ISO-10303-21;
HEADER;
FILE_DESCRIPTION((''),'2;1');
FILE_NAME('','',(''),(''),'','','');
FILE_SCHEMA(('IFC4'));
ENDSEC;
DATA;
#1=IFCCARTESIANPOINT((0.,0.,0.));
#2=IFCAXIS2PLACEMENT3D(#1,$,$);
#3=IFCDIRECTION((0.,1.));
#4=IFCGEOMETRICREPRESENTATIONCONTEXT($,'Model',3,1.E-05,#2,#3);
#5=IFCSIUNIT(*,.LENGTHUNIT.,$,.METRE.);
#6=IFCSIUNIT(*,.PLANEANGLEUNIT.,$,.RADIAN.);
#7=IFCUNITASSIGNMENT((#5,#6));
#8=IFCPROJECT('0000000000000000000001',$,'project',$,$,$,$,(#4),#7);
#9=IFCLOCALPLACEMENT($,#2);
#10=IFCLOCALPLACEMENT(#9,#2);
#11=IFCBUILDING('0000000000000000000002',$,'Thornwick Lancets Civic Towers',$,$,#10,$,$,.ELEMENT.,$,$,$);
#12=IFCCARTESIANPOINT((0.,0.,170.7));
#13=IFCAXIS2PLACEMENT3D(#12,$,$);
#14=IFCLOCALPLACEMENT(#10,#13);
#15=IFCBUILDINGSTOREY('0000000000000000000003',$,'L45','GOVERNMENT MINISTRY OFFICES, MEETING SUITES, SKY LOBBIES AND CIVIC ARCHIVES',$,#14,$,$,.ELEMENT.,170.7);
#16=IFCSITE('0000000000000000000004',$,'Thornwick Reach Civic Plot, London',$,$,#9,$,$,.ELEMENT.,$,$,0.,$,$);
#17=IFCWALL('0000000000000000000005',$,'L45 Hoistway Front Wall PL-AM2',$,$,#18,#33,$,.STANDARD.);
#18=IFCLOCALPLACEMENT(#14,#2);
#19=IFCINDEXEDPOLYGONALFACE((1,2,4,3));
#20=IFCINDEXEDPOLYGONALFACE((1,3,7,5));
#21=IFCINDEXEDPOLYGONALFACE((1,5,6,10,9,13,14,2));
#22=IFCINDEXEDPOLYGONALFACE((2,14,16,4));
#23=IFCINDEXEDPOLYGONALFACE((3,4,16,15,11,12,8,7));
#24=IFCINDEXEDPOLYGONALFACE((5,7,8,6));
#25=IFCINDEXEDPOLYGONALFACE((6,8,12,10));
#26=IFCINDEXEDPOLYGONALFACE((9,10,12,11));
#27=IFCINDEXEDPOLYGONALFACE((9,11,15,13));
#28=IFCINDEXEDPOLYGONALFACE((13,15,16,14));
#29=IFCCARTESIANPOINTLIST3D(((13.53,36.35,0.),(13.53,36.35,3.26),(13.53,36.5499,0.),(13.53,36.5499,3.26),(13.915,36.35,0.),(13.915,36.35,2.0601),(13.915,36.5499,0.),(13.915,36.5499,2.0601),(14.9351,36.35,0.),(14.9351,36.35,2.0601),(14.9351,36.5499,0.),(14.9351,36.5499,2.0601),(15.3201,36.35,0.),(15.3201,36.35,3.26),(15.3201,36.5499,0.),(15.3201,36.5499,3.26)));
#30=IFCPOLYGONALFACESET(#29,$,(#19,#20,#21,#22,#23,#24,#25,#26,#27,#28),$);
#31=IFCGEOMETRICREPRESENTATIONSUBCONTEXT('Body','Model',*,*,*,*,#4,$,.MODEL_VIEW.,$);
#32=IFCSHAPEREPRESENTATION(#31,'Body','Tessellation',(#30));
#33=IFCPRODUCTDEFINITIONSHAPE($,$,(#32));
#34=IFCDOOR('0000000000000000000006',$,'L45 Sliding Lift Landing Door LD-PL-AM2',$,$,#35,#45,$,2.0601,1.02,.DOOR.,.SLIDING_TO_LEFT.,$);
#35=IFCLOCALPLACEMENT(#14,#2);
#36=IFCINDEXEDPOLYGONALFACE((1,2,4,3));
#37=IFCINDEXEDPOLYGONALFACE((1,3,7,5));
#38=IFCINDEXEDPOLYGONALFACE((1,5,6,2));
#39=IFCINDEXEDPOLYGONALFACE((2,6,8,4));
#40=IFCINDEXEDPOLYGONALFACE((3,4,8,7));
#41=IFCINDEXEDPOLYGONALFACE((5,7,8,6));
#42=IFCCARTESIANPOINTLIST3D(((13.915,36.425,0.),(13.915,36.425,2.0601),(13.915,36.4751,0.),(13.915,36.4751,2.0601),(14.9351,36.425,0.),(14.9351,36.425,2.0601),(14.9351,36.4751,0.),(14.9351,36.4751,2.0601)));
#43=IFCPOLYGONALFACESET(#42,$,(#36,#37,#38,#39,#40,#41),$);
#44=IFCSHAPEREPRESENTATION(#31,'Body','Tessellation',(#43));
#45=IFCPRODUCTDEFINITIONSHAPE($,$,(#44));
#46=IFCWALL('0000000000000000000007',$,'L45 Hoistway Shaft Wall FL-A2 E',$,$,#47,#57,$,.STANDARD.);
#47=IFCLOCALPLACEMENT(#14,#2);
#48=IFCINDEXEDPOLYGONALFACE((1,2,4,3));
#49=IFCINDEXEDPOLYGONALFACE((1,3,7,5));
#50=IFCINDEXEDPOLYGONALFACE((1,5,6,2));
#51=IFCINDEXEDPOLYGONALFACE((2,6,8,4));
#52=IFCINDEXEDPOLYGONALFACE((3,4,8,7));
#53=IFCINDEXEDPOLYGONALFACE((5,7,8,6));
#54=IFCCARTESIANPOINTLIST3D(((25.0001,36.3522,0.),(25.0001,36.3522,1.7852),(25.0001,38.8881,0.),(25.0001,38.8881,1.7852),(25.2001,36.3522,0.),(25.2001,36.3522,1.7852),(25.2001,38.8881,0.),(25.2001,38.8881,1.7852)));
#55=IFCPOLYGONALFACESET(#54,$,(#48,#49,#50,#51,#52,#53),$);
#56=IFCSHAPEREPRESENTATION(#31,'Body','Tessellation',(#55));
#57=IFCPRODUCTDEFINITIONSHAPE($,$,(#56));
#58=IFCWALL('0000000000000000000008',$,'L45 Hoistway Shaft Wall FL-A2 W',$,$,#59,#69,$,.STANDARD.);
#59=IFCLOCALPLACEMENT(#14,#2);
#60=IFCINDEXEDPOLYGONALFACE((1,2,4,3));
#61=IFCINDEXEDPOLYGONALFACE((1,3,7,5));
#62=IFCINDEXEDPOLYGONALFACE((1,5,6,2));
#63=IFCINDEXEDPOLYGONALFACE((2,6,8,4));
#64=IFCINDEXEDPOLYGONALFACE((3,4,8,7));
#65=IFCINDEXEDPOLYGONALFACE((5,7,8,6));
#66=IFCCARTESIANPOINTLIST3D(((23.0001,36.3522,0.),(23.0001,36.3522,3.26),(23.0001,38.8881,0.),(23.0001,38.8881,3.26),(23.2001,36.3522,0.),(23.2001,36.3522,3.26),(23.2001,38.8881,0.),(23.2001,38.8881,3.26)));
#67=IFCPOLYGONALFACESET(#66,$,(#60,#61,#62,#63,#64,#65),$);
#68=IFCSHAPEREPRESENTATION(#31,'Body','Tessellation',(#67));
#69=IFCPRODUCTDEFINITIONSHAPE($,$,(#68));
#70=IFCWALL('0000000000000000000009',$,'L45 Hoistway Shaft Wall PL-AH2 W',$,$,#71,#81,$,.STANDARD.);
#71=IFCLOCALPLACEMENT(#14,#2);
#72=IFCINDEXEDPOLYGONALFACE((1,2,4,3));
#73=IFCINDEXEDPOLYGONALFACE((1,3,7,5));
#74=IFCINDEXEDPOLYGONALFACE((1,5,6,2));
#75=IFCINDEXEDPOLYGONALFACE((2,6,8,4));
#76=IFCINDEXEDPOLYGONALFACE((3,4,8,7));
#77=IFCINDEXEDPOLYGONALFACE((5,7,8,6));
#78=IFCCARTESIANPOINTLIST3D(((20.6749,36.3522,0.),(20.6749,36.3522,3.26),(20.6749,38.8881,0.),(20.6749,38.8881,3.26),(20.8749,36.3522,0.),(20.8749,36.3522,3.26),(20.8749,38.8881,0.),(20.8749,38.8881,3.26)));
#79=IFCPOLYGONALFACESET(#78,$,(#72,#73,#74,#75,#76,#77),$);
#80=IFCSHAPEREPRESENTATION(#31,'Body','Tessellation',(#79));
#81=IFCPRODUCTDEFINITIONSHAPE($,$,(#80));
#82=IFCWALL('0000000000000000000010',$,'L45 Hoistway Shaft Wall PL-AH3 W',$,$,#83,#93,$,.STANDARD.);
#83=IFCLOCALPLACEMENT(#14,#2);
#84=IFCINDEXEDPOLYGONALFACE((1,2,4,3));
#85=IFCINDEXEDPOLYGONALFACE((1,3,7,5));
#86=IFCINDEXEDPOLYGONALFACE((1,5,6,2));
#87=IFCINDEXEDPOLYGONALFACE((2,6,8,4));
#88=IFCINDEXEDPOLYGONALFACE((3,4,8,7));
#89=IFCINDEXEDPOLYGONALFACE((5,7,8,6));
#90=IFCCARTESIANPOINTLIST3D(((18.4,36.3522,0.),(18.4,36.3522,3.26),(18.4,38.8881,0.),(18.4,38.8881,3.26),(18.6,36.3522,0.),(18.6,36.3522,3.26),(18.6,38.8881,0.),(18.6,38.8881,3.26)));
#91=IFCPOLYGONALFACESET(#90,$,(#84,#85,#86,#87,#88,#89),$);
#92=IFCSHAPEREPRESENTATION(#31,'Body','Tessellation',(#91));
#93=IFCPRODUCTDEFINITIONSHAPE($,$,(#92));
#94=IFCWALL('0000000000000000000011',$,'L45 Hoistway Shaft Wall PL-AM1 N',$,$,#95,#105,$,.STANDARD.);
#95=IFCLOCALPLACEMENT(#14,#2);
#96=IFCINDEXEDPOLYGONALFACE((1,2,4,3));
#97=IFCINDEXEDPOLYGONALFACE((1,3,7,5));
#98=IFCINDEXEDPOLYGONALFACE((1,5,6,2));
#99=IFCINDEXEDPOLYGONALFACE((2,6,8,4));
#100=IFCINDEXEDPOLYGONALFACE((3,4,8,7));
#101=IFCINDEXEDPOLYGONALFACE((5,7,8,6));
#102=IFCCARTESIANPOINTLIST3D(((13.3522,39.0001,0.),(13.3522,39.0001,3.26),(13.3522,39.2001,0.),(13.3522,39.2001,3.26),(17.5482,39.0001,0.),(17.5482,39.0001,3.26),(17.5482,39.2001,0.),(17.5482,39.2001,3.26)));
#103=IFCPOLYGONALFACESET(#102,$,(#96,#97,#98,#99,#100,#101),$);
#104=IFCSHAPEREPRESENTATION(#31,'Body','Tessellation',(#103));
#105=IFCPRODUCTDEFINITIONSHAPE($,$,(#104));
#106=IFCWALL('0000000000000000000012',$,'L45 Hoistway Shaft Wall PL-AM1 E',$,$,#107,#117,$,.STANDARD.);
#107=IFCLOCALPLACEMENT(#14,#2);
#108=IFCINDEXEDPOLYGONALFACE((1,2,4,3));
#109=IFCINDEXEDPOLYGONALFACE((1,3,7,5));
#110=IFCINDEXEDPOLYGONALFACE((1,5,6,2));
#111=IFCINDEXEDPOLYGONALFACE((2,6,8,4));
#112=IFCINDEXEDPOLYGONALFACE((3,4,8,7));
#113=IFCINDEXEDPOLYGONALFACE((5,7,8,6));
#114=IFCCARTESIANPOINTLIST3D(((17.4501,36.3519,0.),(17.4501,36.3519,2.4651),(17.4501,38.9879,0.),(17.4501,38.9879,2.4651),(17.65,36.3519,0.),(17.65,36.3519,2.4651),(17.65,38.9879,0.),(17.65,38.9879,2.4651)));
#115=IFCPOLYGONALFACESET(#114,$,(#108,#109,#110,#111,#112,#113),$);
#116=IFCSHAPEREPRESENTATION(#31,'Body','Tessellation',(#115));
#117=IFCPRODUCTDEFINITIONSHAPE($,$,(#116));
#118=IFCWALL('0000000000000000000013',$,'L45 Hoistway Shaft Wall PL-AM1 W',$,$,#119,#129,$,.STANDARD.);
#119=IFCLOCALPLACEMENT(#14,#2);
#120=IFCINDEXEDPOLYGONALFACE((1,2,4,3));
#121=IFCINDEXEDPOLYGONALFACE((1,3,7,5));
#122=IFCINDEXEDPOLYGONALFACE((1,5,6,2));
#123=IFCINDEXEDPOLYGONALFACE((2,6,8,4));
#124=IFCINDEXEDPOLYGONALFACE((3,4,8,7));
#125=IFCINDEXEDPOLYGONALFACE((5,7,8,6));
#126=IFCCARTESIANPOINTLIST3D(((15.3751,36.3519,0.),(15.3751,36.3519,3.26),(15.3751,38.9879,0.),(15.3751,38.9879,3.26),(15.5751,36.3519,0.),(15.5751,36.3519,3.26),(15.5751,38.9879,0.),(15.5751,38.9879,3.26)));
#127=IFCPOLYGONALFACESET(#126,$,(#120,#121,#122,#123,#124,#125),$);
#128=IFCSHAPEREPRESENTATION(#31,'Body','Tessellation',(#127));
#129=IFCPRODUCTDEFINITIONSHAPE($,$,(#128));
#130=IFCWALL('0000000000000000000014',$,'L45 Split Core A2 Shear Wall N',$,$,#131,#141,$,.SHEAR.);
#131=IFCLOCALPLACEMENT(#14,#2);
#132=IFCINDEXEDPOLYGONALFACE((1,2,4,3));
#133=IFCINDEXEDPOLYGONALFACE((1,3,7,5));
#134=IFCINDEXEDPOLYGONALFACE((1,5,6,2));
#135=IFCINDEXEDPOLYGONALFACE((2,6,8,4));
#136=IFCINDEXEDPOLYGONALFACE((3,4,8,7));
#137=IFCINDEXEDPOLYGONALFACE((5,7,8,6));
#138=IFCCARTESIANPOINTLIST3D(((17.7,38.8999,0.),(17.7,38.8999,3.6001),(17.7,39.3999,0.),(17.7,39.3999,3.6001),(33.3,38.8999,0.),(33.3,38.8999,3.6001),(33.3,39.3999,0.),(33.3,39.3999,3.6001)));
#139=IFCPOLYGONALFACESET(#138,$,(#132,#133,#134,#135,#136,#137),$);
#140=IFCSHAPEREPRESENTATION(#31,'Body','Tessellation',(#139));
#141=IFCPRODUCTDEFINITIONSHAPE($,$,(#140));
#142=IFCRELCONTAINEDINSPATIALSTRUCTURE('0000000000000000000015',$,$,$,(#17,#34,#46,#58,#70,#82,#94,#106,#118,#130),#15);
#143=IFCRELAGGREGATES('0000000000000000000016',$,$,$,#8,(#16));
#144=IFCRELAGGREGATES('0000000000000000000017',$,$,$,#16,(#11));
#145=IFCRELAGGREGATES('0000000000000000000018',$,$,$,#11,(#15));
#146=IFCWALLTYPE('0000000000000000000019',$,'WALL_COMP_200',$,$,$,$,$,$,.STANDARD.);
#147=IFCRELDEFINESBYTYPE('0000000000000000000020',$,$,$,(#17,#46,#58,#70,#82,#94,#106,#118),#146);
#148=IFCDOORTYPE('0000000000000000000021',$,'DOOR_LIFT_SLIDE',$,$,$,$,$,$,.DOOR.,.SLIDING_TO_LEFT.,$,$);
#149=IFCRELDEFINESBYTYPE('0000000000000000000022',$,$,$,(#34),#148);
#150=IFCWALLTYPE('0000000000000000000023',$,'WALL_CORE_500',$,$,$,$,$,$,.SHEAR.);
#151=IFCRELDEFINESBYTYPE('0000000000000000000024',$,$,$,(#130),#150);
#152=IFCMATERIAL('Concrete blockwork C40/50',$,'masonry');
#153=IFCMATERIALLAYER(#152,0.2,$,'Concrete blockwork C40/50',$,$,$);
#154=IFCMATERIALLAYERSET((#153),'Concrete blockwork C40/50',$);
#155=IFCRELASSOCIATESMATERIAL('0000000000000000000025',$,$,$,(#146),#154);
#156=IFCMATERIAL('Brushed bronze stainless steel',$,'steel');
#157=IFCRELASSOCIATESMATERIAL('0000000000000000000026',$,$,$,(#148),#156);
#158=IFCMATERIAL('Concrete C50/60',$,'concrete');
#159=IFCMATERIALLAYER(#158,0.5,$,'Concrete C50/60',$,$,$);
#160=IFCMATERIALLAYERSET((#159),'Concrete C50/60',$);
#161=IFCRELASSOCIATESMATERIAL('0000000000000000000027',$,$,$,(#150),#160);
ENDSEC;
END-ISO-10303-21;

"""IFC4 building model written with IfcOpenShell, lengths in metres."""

from ifc_helpers import new_model, si_unit, direction, frame, frame_2d, origin, place, context, subcontext, project, spatial, rectangle, extrude, material, layer, layer_set, type_object, element, fill, save


model = new_model("IFC4")

# Units and contexts
model_context = context("Model", 3, precision=1e-05, world=origin(), true_north=direction((0.0, 1.0)))
body_context = subcontext(model_context, "Body", "Model", "MODEL_VIEW")
ifc_project = project(units=[si_unit("LENGTHUNIT", "METRE"), si_unit("PLANEANGLEUNIT", "RADIAN")], contexts=[model_context])

# Site, building, storey
site_placement = place(None, origin())
site = spatial("IfcSite", under=ifc_project, at=site_placement, Name="Thornwick Reach Civic Plot, London", CompositionType="ELEMENT", RefElevation=0.0)
building_placement = place(site_placement, origin())
building = spatial("IfcBuilding", under=site, at=building_placement, Name="Thornwick Lancets Civic Towers", CompositionType="ELEMENT")
storey_placement = place(building_placement, frame((0.0, 0.0, 170.7)))
storey = spatial("IfcBuildingStorey", under=building, at=storey_placement, Name="L45", Description="GOVERNMENT MINISTRY OFFICES, MEETING SUITES, SKY LOBBIES AND CIVIC ARCHIVES", CompositionType="ELEMENT", Elevation=170.7)

# Shared definitions
ifc_material_1 = material(Name="Concrete C50/60", Category="concrete")

# Shared definitions
ifc_material_2 = material(Name="Concrete blockwork C40/50", Category="masonry")
ifc_layer_1 = layer(ifc_material_2, 0.2, Name="Concrete blockwork C40/50")
ifc_layer_set_1 = layer_set([ifc_layer_1], Name="Concrete blockwork C40/50")
wall_type_1 = type_object("IfcWallType", Name="WALL_COMP_200", PredefinedType="STANDARD", material=ifc_layer_set_1)
ifc_material_3 = material(Name="Brushed bronze stainless steel", Category="steel")
door_type = type_object("IfcDoorType", Name="DOOR_LIFT_SLIDE", OperationType="SLIDING_TO_LEFT", PredefinedType="DOOR", material=ifc_material_3)

# Wall, opening, door
wall_1_placement = place(storey_placement, frame((15.3201, 36.45, 0.0), z_axis=(0.0, 0.0, 1.0), x_axis=(-1.0, 0.0, 0.0)))
wall_1 = element("IfcWall", 1, at=wall_1_placement, inside=storey, type_object=wall_type_1, Name="L45 Hoistway Front Wall PL-AM2", PredefinedType="STANDARD", context=body_context, shape_type="SweptSolid", body=[
    extrude(rectangle(XDim=1.79, YDim=0.2, at=frame_2d((0.895, 0.0))), origin(), (0.0, 0.0, 1.0), 3.26),
])
opening_1_placement = place(wall_1_placement, frame((0.385, 0.0, 0.0)))
opening_1 = element("IfcOpeningElement", 2, at=opening_1_placement, cuts=wall_1, PredefinedType="OPENING", context=body_context, shape_type="SweptSolid", body=[
    extrude(rectangle(XDim=1.02, YDim=2.0601, at=frame_2d((0.51, 1.03))), frame((0.0, 0.1099, 0.0), z_axis=(0.0, -1.0, 0.0), x_axis=(1.0, 0.0, 0.0)), (0.0, 0.0, 1.0), 0.22),
])
door_1_placement = place(opening_1_placement, origin())
door_1 = element("IfcDoor", 3, at=door_1_placement, inside=storey, type_object=door_type, Name="L45 Sliding Lift Landing Door LD-PL-AM2", OperationType="SLIDING_TO_LEFT", OverallHeight=2.0601, OverallWidth=1.02, PredefinedType="DOOR", context=body_context, shape_type="SweptSolid", body=[
    extrude(rectangle(XDim=1.02, YDim=2.0601, at=frame_2d((0.51, 1.03))), frame((0.0, 0.0249, 0.0), z_axis=(0.0, -1.0, 0.0), x_axis=(1.0, 0.0, 0.0)), (0.0, 0.0, 1.0), 0.05),
])
fill(opening_1, door_1)

# Walls
wall_2_placement = place(storey_placement, frame((25.1001, 36.3521, 0.0), z_axis=(0.0, 0.0, 1.0), x_axis=(0.0, 1.0, 0.0)))
element("IfcWall", 4, at=wall_2_placement, inside=storey, type_object=wall_type_1, Name="L45 Hoistway Shaft Wall FL-A2 E", PredefinedType="STANDARD", context=body_context, shape_type="SweptSolid", body=[
    extrude(rectangle(XDim=2.5359, YDim=0.2, at=frame_2d((1.2681, 0.0))), origin(), (0.0, 0.0, 1.0), 1.7852),
])
for number, where, z_axis, x_axis, name in (
    (5, (23.1001, 36.3521, 0.0), (0.0, 0.0, 1.0), (0.0, 1.0, 0.0), "L45 Hoistway Shaft Wall FL-A2 W"),
    (6, (20.7749, 36.3521, 0.0), (0.0, 0.0, 1.0), (0.0, 1.0, 0.0), "L45 Hoistway Shaft Wall PL-AH2 W"),
    (7, (18.5, 36.3521, 0.0), (0.0, 0.0, 1.0), (0.0, 1.0, 0.0), "L45 Hoistway Shaft Wall PL-AH3 W"),
):
    element("IfcWall", number, at=place(storey_placement, frame(where, z_axis=z_axis, x_axis=x_axis)), inside=storey, type_object=wall_type_1, Name=name, PredefinedType="STANDARD", context=body_context, shape_type="SweptSolid", body=[
        extrude(rectangle(XDim=2.5359, YDim=0.2, at=frame_2d((1.2681, 0.0))), origin(), (0.0, 0.0, 1.0), 3.26),
    ])
wall_3_placement = place(storey_placement, frame((13.3521, 39.1001, 0.0), z_axis=(0.0, 0.0, 1.0), x_axis=(1.0, 0.0, 0.0)))
element("IfcWall", 8, at=wall_3_placement, inside=storey, type_object=wall_type_1, Name="L45 Hoistway Shaft Wall PL-AM1 N", PredefinedType="STANDARD", context=body_context, shape_type="SweptSolid", body=[
    extrude(rectangle(XDim=4.196, YDim=0.2, at=frame_2d((2.0981, 0.0))), origin(), (0.0, 0.0, 1.0), 3.26),
])
wall_4_placement = place(storey_placement, frame((17.55, 36.3521, 0.0), z_axis=(0.0, 0.0, 1.0), x_axis=(0.0, 1.0, 0.0)))
element("IfcWall", 9, at=wall_4_placement, inside=storey, type_object=wall_type_1, Name="L45 Hoistway Shaft Wall PL-AM1 E", PredefinedType="STANDARD", context=body_context, shape_type="SweptSolid", body=[
    extrude(rectangle(XDim=2.636, YDim=0.2, at=frame_2d((1.3179, 0.0))), origin(), (0.0, 0.0, 1.0), 2.4651),
])
wall_5_placement = place(storey_placement, frame((15.4751, 36.3521, 0.0), z_axis=(0.0, 0.0, 1.0), x_axis=(0.0, 1.0, 0.0)))
element("IfcWall", 10, at=wall_5_placement, inside=storey, type_object=wall_type_1, Name="L45 Hoistway Shaft Wall PL-AM1 W", PredefinedType="STANDARD", context=body_context, shape_type="SweptSolid", body=[
    extrude(rectangle(XDim=2.636, YDim=0.2, at=frame_2d((1.3179, 0.0))), origin(), (0.0, 0.0, 1.0), 3.26),
])
ifc_layer_2 = layer(ifc_material_1, 0.5, Name="Concrete C50/60")
ifc_layer_set_2 = layer_set([ifc_layer_2], Name="Concrete C50/60")
wall_type_2 = type_object("IfcWallType", Name="WALL_CORE_500", PredefinedType="SHEAR", material=ifc_layer_set_2)
wall_6_placement = place(storey_placement, frame((17.7, 39.1499, 0.0), z_axis=(0.0, 0.0, 1.0), x_axis=(1.0, 0.0, 0.0)))
element("IfcWall", 11, at=wall_6_placement, inside=storey, type_object=wall_type_2, Name="L45 Split Core A2 Shear Wall N", PredefinedType="SHEAR", context=body_context, shape_type="SweptSolid", body=[
    extrude(rectangle(XDim=15.6001, YDim=0.5, at=frame_2d((7.8, 0.0))), origin(), (0.0, 0.0, 1.0), 3.6001),
])

save(model, "model.ifc")
